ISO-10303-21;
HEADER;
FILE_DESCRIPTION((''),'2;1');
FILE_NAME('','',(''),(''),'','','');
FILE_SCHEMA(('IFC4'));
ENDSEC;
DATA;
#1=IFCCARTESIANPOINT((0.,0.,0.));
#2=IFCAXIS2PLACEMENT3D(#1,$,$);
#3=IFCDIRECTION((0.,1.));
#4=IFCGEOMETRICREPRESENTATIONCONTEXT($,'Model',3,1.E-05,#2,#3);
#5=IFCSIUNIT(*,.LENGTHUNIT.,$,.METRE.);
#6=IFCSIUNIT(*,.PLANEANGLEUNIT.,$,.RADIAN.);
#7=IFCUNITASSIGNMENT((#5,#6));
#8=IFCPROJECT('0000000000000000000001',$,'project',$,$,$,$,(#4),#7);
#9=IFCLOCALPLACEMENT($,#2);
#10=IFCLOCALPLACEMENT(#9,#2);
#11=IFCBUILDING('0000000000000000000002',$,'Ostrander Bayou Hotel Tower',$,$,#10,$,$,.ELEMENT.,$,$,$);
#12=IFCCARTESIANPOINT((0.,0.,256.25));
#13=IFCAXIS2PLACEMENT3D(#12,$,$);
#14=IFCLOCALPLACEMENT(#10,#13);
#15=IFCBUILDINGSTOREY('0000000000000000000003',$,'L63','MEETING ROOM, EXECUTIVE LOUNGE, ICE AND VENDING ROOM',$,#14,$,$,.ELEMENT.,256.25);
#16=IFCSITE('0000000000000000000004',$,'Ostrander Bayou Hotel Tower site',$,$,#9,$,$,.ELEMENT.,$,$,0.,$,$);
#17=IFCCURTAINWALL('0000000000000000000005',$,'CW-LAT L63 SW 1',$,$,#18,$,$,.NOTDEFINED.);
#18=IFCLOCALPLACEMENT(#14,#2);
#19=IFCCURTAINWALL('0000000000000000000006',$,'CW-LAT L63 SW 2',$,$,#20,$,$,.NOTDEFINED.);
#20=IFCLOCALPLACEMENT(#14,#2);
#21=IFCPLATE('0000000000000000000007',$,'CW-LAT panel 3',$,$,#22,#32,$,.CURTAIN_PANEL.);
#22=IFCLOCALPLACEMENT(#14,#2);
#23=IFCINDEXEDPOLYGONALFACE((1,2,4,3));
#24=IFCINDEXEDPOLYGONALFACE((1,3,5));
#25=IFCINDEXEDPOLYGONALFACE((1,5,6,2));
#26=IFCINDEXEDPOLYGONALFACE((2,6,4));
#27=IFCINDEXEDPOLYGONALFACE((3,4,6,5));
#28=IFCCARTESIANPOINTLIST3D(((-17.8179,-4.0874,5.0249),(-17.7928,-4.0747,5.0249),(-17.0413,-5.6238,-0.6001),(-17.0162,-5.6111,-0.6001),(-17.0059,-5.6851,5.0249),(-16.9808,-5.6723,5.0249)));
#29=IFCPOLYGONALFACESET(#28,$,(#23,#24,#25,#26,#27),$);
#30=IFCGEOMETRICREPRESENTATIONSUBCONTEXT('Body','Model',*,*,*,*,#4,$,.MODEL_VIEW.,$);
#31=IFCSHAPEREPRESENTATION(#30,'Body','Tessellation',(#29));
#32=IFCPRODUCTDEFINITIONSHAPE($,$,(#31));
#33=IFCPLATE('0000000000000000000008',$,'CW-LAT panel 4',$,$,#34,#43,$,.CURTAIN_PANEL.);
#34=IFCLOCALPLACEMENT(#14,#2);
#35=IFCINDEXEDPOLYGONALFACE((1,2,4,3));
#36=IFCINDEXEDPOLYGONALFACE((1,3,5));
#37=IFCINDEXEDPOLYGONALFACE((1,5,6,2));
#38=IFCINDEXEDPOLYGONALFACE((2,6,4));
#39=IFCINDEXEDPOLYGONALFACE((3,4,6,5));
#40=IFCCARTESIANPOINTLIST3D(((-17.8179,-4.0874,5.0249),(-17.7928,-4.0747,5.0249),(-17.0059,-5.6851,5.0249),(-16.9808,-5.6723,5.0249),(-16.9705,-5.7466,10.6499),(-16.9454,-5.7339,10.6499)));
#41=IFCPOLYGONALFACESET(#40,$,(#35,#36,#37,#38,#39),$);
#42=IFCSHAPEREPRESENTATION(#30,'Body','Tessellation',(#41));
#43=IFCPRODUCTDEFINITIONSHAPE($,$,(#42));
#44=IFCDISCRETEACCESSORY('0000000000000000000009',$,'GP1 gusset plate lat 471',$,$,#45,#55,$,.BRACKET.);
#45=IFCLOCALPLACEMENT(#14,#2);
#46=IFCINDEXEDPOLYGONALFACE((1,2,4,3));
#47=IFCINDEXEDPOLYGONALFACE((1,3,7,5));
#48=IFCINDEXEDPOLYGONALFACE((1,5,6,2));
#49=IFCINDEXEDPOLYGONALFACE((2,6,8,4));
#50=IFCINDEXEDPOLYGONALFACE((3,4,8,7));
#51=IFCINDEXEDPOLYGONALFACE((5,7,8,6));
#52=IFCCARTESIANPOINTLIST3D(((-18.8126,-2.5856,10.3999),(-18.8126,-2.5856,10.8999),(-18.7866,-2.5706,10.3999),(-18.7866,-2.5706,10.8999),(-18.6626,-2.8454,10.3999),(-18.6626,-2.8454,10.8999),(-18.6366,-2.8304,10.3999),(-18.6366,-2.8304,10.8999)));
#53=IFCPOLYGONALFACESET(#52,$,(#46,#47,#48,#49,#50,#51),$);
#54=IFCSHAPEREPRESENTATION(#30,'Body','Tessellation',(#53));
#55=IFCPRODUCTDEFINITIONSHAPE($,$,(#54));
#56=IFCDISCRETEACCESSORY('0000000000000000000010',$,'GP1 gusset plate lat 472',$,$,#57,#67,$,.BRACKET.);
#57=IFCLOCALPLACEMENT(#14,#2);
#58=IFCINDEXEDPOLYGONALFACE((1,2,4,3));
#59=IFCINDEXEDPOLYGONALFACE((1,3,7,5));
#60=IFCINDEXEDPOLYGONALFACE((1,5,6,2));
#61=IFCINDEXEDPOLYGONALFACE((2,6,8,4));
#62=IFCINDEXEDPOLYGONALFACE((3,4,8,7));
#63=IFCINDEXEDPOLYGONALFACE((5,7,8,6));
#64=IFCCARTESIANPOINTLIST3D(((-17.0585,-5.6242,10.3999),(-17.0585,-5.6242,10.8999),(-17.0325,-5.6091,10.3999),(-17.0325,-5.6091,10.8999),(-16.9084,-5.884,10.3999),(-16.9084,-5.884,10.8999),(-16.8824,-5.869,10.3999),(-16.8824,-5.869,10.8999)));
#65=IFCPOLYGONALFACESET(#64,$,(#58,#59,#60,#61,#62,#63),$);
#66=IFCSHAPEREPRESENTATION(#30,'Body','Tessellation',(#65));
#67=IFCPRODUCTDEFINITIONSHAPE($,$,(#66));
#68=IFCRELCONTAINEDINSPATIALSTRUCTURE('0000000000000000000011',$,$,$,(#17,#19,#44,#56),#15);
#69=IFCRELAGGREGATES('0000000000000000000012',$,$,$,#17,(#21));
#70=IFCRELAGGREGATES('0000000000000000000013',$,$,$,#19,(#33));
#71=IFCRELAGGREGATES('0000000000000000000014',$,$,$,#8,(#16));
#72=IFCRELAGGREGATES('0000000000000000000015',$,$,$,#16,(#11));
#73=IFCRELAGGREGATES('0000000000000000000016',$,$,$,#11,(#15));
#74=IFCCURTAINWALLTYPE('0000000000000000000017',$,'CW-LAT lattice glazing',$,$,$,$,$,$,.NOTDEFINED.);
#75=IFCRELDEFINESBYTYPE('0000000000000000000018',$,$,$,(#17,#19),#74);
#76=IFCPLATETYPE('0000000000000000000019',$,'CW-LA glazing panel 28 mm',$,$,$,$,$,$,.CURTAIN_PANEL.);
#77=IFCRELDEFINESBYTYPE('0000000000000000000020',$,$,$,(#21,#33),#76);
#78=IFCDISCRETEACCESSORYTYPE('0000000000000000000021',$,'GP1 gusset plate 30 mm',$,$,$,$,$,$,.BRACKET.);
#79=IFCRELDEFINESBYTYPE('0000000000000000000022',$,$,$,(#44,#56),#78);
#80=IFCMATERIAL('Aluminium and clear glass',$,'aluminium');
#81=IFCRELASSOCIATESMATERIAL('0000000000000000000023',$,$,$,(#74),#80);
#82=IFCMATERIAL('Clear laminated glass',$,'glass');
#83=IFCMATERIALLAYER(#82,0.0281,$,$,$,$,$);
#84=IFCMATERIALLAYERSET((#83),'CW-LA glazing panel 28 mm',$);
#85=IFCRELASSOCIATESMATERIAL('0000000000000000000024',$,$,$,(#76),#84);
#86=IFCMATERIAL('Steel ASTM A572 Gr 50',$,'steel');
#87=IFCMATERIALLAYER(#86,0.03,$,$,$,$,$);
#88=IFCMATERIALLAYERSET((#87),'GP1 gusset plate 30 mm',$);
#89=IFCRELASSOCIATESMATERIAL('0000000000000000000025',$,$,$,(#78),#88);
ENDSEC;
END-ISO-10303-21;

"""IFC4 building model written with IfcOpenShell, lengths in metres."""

from ifc_helpers import new_model, si_unit, direction, frame, origin, origin_2d, place, context, subcontext, project, spatial, polyline, rectangle, outline, extrude, material, layer, layer_set, type_object, element, aggregate, save


model = new_model("IFC4")

# Units and contexts
model_context = context("Model", 3, precision=1e-05, world=origin(), true_north=direction((0.0, 1.0)))
body_context = subcontext(model_context, "Body", "Model", "MODEL_VIEW")
ifc_project = project(units=[si_unit("LENGTHUNIT", "METRE"), si_unit("PLANEANGLEUNIT", "RADIAN")], contexts=[model_context])

# Site, building, storey
site_placement = place(None, origin())
site = spatial("IfcSite", under=ifc_project, at=site_placement, Name="Ostrander Bayou Hotel Tower site", CompositionType="ELEMENT", RefElevation=0.0)
building_placement = place(site_placement, origin())
building = spatial("IfcBuilding", under=site, at=building_placement, Name="Ostrander Bayou Hotel Tower", CompositionType="ELEMENT")
storey_placement = place(building_placement, frame((0.0, 0.0, 256.25)))
storey = spatial("IfcBuildingStorey", under=building, at=storey_placement, Name="L63", Description="MEETING ROOM, EXECUTIVE LOUNGE, ICE AND VENDING ROOM", CompositionType="ELEMENT", Elevation=256.25)

# Curtain walls
ifc_material_1 = material(Name="Aluminium and clear glass", Category="aluminium")
curtain_wall_type = type_object("IfcCurtainWallType", Name="CW-LAT lattice glazing", PredefinedType="NOTDEFINED", material=ifc_material_1)
curtain_wall_1_placement = place(storey_placement, origin())
curtain_wall_1 = element("IfcCurtainWall", 1, at=curtain_wall_1_placement, inside=storey, type_object=curtain_wall_type, Name="CW-LAT L63 SW 1", PredefinedType="NOTDEFINED")
curtain_wall_2_placement = place(storey_placement, origin())
curtain_wall_2 = element("IfcCurtainWall", 2, at=curtain_wall_2_placement, inside=storey, type_object=curtain_wall_type, Name="CW-LAT L63 SW 2", PredefinedType="NOTDEFINED")

# Shared definitions
ifc_material_2 = material(Name="Clear laminated glass", Category="glass")
ifc_layer_1 = layer(ifc_material_2, 0.0281)
ifc_layer_set_1 = layer_set([ifc_layer_1], Name="CW-LA glazing panel 28 mm")
plate_type = type_object("IfcPlateType", Name="CW-LA glazing panel 28 mm", PredefinedType="CURTAIN_PANEL", material=ifc_layer_set_1)

# Plates
plate_1_placement = place(storey_placement, frame((-17.8179, -4.0874, 5.0249), z_axis=(-0.891465, -0.453089, 0.000674), x_axis=(0.13202, -0.261176, -0.956221)))
plate_1 = element("IfcPlate", 3, at=plate_1_placement, type_object=plate_type, Name="CW-LAT panel 3", PredefinedType="CURTAIN_PANEL", context=body_context, shape_type="SweptSolid", body=[
    extrude(outline(polyline([(0.0, 0.0), (5.8825, 0.0), (0.5245, 1.7137), (0.0, 0.0)])), origin(), (0.0, 0.0, -1.0), 0.0281),
])
aggregate(curtain_wall_1, [plate_1])
plate_2_placement = place(storey_placement, frame((-17.8179, -4.0874, 5.0249), z_axis=(-0.891465, -0.453089, 0.000655), x_axis=(0.143011, -0.280006, 0.949286)))
plate_2 = element("IfcPlate", 4, at=plate_2_placement, type_object=plate_type, Name="CW-LAT panel 4", PredefinedType="CURTAIN_PANEL", context=body_context, shape_type="SweptSolid", body=[
    extrude(outline(polyline([(0.0, 0.0), (5.9255, 0.0), (0.5635, -1.7013), (0.0, 0.0)])), origin(), (0.0, 0.0, -1.0), 0.0281),
])
aggregate(curtain_wall_2, [plate_2])

# Discrete accessories
ifc_material_3 = material(Name="Steel ASTM A572 Gr 50", Category="steel")
ifc_layer_2 = layer(ifc_material_3, 0.03)
ifc_layer_set_2 = layer_set([ifc_layer_2], Name="GP1 gusset plate 30 mm")
discrete_accessory_type = type_object("IfcDiscreteAccessoryType", Name="GP1 gusset plate 30 mm", PredefinedType="BRACKET", material=ifc_layer_set_2)
for number, where, z_axis, x_axis, name in (
    (5, (-18.7246, -2.708, 10.3999), (0.0, 0.0, 1.0), (0.5, -0.866025, 0.0), "GP1 gusset plate lat 471"),
    (6, (-16.9705, -5.7466, 10.3999), (0.0, 0.0, 1.0), (0.5, -0.866025, 0.0), "GP1 gusset plate lat 472"),
):
    element("IfcDiscreteAccessory", number, at=place(storey_placement, frame(where, z_axis=z_axis, x_axis=x_axis)), inside=storey, type_object=discrete_accessory_type, Name=name, PredefinedType="BRACKET", context=body_context, shape_type="SweptSolid", body=[
        extrude(rectangle(XDim=0.3, YDim=0.03, at=origin_2d()), origin(), (0.0, 0.0, 1.0), 0.5),
    ])

save(model, "model.ifc")
